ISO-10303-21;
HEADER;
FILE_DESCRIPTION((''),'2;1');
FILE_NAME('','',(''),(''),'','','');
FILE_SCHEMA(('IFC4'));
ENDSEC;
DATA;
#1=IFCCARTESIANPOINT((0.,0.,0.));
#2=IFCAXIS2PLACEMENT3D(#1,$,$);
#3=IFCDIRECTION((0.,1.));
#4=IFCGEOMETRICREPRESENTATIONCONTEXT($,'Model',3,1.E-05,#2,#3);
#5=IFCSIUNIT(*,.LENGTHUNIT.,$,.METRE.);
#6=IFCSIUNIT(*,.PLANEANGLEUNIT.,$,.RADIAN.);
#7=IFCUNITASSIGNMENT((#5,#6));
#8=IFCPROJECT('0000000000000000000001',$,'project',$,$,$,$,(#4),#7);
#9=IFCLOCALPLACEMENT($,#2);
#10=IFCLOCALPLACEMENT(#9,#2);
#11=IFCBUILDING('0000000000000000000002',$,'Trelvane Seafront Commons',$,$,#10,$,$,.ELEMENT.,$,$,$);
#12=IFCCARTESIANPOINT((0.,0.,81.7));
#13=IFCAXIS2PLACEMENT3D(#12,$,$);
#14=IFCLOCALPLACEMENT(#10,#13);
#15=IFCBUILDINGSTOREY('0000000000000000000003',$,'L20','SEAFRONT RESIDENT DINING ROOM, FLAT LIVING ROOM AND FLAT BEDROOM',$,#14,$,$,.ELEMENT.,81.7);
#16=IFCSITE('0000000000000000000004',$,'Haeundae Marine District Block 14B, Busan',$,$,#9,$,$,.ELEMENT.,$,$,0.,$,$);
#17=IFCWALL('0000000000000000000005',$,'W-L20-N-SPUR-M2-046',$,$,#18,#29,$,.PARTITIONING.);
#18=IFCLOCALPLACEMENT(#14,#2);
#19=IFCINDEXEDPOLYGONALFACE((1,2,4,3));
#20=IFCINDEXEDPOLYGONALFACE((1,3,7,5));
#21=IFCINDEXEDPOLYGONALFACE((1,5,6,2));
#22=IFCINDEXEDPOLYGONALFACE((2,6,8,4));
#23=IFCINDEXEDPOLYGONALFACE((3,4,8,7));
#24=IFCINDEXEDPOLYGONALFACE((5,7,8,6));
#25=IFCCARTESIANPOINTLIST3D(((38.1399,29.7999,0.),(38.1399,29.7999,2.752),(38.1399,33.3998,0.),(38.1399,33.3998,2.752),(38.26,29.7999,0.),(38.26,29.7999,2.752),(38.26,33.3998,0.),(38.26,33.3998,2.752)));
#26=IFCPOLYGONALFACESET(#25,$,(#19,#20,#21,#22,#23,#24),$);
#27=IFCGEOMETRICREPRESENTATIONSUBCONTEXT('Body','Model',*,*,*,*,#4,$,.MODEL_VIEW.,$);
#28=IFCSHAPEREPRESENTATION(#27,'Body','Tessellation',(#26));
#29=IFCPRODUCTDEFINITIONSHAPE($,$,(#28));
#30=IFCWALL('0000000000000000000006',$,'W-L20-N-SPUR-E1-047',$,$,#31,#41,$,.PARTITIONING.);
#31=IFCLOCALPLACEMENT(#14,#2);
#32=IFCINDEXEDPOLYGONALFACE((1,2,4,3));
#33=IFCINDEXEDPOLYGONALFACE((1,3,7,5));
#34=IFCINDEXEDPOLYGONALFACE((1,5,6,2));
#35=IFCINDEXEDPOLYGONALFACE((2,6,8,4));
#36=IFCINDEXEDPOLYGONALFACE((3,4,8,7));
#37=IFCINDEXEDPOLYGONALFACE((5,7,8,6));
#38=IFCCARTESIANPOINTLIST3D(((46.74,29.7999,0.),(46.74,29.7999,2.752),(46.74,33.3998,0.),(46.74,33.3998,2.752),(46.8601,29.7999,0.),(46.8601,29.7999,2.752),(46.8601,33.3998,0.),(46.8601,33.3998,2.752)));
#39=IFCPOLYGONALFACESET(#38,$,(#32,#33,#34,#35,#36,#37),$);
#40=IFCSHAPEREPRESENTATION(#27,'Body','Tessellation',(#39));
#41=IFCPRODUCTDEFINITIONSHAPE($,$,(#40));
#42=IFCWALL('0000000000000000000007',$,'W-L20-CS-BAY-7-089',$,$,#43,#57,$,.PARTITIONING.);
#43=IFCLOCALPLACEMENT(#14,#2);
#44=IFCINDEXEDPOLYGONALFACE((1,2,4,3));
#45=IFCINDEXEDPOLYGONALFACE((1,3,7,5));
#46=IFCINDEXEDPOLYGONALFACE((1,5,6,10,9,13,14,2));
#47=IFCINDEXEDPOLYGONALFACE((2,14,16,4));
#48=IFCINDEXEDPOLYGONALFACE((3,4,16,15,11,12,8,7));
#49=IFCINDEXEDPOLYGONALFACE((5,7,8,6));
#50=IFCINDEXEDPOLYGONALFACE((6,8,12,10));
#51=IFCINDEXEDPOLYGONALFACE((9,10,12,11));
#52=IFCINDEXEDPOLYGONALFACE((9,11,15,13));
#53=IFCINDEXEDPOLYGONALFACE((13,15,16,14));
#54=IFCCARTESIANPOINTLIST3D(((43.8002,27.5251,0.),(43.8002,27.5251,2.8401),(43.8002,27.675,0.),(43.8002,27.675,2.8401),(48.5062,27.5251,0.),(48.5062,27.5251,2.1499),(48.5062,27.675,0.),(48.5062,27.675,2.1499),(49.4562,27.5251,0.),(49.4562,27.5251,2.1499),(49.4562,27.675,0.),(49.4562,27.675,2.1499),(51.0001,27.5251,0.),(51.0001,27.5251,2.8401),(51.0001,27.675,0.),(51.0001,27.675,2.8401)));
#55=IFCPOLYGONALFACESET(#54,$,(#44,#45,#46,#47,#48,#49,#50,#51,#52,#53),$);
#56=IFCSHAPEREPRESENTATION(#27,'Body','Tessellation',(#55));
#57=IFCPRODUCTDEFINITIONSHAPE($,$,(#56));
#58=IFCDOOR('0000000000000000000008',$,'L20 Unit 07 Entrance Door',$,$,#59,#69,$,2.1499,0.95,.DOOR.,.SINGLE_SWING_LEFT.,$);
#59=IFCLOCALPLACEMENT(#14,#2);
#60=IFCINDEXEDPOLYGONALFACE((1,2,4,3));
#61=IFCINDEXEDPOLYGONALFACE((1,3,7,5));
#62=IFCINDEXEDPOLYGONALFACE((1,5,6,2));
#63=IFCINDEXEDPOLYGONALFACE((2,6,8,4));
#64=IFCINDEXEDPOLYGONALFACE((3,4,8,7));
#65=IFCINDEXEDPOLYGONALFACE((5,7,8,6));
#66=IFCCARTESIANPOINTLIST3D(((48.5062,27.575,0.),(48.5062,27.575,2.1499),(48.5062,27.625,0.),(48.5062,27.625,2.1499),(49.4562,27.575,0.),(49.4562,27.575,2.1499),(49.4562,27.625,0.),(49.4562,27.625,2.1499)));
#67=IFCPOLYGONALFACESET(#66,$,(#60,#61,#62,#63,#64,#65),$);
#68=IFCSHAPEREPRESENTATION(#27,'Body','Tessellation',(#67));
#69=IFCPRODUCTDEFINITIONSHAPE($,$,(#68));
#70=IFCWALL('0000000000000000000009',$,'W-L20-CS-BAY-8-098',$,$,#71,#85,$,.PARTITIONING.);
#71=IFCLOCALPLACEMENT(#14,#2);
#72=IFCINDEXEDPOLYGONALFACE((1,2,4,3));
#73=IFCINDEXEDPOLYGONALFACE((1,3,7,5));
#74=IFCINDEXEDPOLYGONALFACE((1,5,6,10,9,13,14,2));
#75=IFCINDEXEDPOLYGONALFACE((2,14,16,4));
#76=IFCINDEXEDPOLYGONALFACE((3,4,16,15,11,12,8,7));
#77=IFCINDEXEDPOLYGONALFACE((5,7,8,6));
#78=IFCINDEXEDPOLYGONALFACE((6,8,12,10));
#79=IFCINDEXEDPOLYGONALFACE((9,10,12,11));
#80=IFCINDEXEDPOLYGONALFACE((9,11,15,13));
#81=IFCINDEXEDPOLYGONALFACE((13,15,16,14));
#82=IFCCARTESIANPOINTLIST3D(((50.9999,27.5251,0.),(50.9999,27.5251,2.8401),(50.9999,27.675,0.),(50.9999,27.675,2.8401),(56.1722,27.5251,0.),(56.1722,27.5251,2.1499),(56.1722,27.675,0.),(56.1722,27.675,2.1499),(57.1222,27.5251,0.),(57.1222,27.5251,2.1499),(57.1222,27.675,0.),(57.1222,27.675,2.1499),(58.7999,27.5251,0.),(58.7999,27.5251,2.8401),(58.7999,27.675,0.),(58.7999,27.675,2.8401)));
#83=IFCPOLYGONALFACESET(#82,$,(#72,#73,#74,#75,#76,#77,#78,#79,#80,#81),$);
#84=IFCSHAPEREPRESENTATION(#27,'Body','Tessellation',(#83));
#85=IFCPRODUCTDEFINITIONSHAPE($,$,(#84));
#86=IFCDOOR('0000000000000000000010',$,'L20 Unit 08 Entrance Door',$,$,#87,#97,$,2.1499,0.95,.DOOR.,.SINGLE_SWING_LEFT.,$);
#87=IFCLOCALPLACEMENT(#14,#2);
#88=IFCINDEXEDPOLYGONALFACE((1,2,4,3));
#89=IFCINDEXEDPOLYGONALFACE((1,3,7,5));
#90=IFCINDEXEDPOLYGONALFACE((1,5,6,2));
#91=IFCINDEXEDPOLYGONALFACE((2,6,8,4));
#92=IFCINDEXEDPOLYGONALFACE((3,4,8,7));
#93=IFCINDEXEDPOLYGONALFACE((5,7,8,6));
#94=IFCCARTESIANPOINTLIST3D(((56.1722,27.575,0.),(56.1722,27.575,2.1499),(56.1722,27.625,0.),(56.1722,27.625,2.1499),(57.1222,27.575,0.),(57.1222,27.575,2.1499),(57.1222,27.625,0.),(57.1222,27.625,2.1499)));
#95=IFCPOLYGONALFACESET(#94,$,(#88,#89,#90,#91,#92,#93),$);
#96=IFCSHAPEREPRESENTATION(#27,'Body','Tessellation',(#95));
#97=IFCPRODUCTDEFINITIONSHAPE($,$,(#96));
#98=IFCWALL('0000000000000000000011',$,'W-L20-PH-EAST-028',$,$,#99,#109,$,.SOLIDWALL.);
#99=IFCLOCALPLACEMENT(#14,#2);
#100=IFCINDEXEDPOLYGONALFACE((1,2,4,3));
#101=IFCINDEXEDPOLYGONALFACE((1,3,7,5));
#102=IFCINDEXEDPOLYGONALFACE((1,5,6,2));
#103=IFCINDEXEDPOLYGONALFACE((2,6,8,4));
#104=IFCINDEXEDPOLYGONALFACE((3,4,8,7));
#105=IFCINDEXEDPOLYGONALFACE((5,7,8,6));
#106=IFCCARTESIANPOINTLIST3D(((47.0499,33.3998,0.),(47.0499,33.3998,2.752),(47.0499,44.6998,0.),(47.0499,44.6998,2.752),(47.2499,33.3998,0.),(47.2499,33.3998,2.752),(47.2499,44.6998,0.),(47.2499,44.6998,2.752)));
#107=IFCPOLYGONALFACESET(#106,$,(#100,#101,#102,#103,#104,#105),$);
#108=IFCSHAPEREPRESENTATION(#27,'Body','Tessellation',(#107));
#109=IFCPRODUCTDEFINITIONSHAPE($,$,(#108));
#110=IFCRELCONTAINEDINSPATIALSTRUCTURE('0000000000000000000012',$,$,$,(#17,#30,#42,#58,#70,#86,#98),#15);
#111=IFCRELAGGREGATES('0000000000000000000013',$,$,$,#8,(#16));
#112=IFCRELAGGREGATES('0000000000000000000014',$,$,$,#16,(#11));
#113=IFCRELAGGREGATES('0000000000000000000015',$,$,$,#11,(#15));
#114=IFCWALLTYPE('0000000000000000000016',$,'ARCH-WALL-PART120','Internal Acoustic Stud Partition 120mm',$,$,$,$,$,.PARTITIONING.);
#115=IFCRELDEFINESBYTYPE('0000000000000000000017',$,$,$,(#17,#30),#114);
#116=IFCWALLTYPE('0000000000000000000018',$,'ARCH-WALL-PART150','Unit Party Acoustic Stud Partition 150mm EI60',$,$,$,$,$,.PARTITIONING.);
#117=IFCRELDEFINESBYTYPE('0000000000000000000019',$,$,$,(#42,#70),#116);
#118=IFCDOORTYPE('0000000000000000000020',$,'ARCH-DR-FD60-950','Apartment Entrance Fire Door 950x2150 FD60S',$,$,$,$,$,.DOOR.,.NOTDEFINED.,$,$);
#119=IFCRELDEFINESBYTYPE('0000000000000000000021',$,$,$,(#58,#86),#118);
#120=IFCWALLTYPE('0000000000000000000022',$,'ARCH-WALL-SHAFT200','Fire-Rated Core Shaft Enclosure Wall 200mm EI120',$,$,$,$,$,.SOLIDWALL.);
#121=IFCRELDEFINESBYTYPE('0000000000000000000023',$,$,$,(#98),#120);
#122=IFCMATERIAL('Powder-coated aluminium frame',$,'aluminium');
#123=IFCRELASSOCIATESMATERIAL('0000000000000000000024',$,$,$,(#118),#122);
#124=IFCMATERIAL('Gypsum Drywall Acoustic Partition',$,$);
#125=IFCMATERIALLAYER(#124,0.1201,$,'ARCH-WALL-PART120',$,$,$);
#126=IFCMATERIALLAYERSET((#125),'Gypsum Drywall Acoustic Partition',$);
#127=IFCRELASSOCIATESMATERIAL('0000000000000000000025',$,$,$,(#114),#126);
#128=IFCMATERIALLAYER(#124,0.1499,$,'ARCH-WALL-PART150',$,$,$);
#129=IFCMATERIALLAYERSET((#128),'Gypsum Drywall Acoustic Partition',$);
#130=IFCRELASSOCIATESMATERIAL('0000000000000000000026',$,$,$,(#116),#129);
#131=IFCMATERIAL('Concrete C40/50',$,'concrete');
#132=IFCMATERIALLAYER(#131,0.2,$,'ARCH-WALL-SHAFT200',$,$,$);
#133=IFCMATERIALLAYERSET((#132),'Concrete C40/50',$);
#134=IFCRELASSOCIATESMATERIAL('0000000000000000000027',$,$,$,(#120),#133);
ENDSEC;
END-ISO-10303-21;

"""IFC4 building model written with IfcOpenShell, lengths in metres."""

from ifc_helpers import new_model, si_unit, direction, frame, frame_2d, origin, place, context, subcontext, project, spatial, rectangle, extrude, source, transform, mapped, material, layer, layer_set, type_object, element, fill, save


model = new_model("IFC4")

# Units and contexts
model_context = context("Model", 3, precision=1e-05, world=origin(), true_north=direction((0.0, 1.0)))
body_context = subcontext(model_context, "Body", "Model", "MODEL_VIEW")
ifc_project = project(units=[si_unit("LENGTHUNIT", "METRE"), si_unit("PLANEANGLEUNIT", "RADIAN")], contexts=[model_context])

# Site, building, storey
site_placement = place(None, origin())
site = spatial("IfcSite", under=ifc_project, at=site_placement, Name="Haeundae Marine District Block 14B, Busan", CompositionType="ELEMENT", RefElevation=0.0)
building_placement = place(site_placement, origin())
building = spatial("IfcBuilding", under=site, at=building_placement, Name="Trelvane Seafront Commons", CompositionType="ELEMENT")
storey_placement = place(building_placement, frame((0.0, 0.0, 81.7)))
storey = spatial("IfcBuildingStorey", under=building, at=storey_placement, Name="L20", Description="SEAFRONT RESIDENT DINING ROOM, FLAT LIVING ROOM AND FLAT BEDROOM", CompositionType="ELEMENT", Elevation=81.7)

# Shared definitions
ifc_material_1 = material(Name="Concrete C40/50", Category="concrete")
ifc_material_2 = material(Name="Powder-coated aluminium frame", Category="aluminium")
door_type_1 = type_object("IfcDoorType", Name="ARCH-DR-FD60-950", Description="Apartment Entrance Fire Door 950x2150 FD60S", OperationType="NOTDEFINED", PredefinedType="DOOR", material=ifc_material_2)
shared_shape_1 = source(origin(), body_context, "Body", "SweptSolid", [
    extrude(rectangle(XDim=0.95, YDim=2.1499, at=frame_2d((0.4751, 1.075))), frame((0.0, 0.0249, 0.0), z_axis=(0.0, -1.0, 0.0), x_axis=(1.0, 0.0, 0.0)), (0.0, 0.0, 1.0), 0.05),
])

# Shared definitions
ifc_material_3 = material(Name="Gypsum Drywall Acoustic Partition")
ifc_layer_1 = layer(ifc_material_3, 0.1201, Name="ARCH-WALL-PART120")
ifc_layer_set_1 = layer_set([ifc_layer_1], Name="Gypsum Drywall Acoustic Partition")
wall_type_1 = type_object("IfcWallType", Name="ARCH-WALL-PART120", Description="Internal Acoustic Stud Partition 120mm", PredefinedType="PARTITIONING", material=ifc_layer_set_1)

# Walls
for number, where, z_axis, x_axis, name in (
    (1, (38.2, 29.8, 0.0), (0.0, 0.0, 1.0), (0.0, 1.0, 0.0), "W-L20-N-SPUR-M2-046"),
    (2, (46.8, 29.8, 0.0), (0.0, 0.0, 1.0), (0.0, 1.0, 0.0), "W-L20-N-SPUR-E1-047"),
):
    element("IfcWall", number, at=place(storey_placement, frame(where, z_axis=z_axis, x_axis=x_axis)), inside=storey, type_object=wall_type_1, Name=name, PredefinedType="PARTITIONING", context=body_context, shape_type="SweptSolid", body=[
        extrude(rectangle(XDim=3.5999, YDim=0.1201, at=frame_2d((1.7998, 0.0))), origin(), (0.0, 0.0, 1.0), 2.752),
    ])

# Walls, openings, doors
ifc_layer_2 = layer(ifc_material_3, 0.1499, Name="ARCH-WALL-PART150")
ifc_layer_set_2 = layer_set([ifc_layer_2], Name="Gypsum Drywall Acoustic Partition")
wall_type_2 = type_object("IfcWallType", Name="ARCH-WALL-PART150", Description="Unit Party Acoustic Stud Partition 150mm EI60", PredefinedType="PARTITIONING", material=ifc_layer_set_2)
wall_1_placement = place(storey_placement, frame((43.8, 27.6001, 0.0), z_axis=(0.0, 0.0, 1.0), x_axis=(1.0, 0.0, 0.0)))
wall_1 = element("IfcWall", 3, at=wall_1_placement, inside=storey, type_object=wall_type_2, Name="W-L20-CS-BAY-7-089", PredefinedType="PARTITIONING", context=body_context, shape_type="SweptSolid", body=[
    extrude(rectangle(XDim=7.2, YDim=0.1499, at=frame_2d((3.6001, 0.0))), origin(), (0.0, 0.0, 1.0), 2.8401),
])
opening_1_placement = place(wall_1_placement, frame((4.7061, 0.0, 0.0)))
opening_1 = element("IfcOpeningElement", 4, at=opening_1_placement, cuts=wall_1, PredefinedType="OPENING", context=body_context, shape_type="SweptSolid", body=[
    extrude(rectangle(XDim=0.95, YDim=2.1499, at=frame_2d((0.4751, 1.075))), frame((0.0, 0.085, 0.0), z_axis=(0.0, -1.0, 0.0), x_axis=(1.0, 0.0, 0.0)), (0.0, 0.0, 1.0), 0.1699),
])
door_1_placement = place(opening_1_placement, origin())
door_1 = element("IfcDoor", 5, at=door_1_placement, inside=storey, type_object=door_type_1, Name="L20 Unit 07 Entrance Door", OperationType="SINGLE_SWING_LEFT", OverallHeight=2.1499, OverallWidth=0.95, PredefinedType="DOOR", context=body_context, shape_type="MappedRepresentation", body=[
    mapped(shared_shape_1, transform((0.0, 0.0, 0.0), x_axis=(1.0, 0.0, 0.0), y_axis=(0.0, 1.0, 0.0), z_axis=(0.0, 0.0, 1.0), scale=1.0)),
])
fill(opening_1, door_1)
wall_2_placement = place(storey_placement, frame((51.0, 27.6001, 0.0), z_axis=(0.0, 0.0, 1.0), x_axis=(1.0, 0.0, 0.0)))
wall_2 = element("IfcWall", 6, at=wall_2_placement, inside=storey, type_object=wall_type_2, Name="W-L20-CS-BAY-8-098", PredefinedType="PARTITIONING", context=body_context, shape_type="SweptSolid", body=[
    extrude(rectangle(XDim=7.8, YDim=0.1499, at=frame_2d((3.8999, 0.0))), origin(), (0.0, 0.0, 1.0), 2.8401),
])
opening_2_placement = place(wall_2_placement, frame((5.1721, 0.0, 0.0)))
opening_2 = element("IfcOpeningElement", 7, at=opening_2_placement, cuts=wall_2, PredefinedType="OPENING", context=body_context, shape_type="SweptSolid", body=[
    extrude(rectangle(XDim=0.95, YDim=2.1499, at=frame_2d((0.4751, 1.075))), frame((0.0, 0.085, 0.0), z_axis=(0.0, -1.0, 0.0), x_axis=(1.0, 0.0, 0.0)), (0.0, 0.0, 1.0), 0.1699),
])
door_2_placement = place(opening_2_placement, origin())
door_2 = element("IfcDoor", 8, at=door_2_placement, inside=storey, type_object=door_type_1, Name="L20 Unit 08 Entrance Door", OperationType="SINGLE_SWING_LEFT", OverallHeight=2.1499, OverallWidth=0.95, PredefinedType="DOOR", context=body_context, shape_type="MappedRepresentation", body=[
    mapped(shared_shape_1, transform((0.0, 0.0, 0.0), x_axis=(1.0, 0.0, 0.0), y_axis=(0.0, 1.0, 0.0), z_axis=(0.0, 0.0, 1.0), scale=1.0)),
])
fill(opening_2, door_2)

# Wall
ifc_layer_3 = layer(ifc_material_1, 0.2, Name="ARCH-WALL-SHAFT200")
ifc_layer_set_3 = layer_set([ifc_layer_3], Name="Concrete C40/50")
wall_type_3 = type_object("IfcWallType", Name="ARCH-WALL-SHAFT200", Description="Fire-Rated Core Shaft Enclosure Wall 200mm EI120", PredefinedType="SOLIDWALL", material=ifc_layer_set_3)
wall_3_placement = place(storey_placement, frame((47.1499, 33.3999, 0.0), z_axis=(0.0, 0.0, 1.0), x_axis=(0.0, 1.0, 0.0)))
element("IfcWall", 9, at=wall_3_placement, inside=storey, type_object=wall_type_3, Name="W-L20-PH-EAST-028", PredefinedType="SOLIDWALL", context=body_context, shape_type="SweptSolid", body=[
    extrude(rectangle(XDim=11.3, YDim=0.2, at=frame_2d((5.6499, 0.0))), origin(), (0.0, 0.0, 1.0), 2.752),
])

save(model, "model.ifc")
